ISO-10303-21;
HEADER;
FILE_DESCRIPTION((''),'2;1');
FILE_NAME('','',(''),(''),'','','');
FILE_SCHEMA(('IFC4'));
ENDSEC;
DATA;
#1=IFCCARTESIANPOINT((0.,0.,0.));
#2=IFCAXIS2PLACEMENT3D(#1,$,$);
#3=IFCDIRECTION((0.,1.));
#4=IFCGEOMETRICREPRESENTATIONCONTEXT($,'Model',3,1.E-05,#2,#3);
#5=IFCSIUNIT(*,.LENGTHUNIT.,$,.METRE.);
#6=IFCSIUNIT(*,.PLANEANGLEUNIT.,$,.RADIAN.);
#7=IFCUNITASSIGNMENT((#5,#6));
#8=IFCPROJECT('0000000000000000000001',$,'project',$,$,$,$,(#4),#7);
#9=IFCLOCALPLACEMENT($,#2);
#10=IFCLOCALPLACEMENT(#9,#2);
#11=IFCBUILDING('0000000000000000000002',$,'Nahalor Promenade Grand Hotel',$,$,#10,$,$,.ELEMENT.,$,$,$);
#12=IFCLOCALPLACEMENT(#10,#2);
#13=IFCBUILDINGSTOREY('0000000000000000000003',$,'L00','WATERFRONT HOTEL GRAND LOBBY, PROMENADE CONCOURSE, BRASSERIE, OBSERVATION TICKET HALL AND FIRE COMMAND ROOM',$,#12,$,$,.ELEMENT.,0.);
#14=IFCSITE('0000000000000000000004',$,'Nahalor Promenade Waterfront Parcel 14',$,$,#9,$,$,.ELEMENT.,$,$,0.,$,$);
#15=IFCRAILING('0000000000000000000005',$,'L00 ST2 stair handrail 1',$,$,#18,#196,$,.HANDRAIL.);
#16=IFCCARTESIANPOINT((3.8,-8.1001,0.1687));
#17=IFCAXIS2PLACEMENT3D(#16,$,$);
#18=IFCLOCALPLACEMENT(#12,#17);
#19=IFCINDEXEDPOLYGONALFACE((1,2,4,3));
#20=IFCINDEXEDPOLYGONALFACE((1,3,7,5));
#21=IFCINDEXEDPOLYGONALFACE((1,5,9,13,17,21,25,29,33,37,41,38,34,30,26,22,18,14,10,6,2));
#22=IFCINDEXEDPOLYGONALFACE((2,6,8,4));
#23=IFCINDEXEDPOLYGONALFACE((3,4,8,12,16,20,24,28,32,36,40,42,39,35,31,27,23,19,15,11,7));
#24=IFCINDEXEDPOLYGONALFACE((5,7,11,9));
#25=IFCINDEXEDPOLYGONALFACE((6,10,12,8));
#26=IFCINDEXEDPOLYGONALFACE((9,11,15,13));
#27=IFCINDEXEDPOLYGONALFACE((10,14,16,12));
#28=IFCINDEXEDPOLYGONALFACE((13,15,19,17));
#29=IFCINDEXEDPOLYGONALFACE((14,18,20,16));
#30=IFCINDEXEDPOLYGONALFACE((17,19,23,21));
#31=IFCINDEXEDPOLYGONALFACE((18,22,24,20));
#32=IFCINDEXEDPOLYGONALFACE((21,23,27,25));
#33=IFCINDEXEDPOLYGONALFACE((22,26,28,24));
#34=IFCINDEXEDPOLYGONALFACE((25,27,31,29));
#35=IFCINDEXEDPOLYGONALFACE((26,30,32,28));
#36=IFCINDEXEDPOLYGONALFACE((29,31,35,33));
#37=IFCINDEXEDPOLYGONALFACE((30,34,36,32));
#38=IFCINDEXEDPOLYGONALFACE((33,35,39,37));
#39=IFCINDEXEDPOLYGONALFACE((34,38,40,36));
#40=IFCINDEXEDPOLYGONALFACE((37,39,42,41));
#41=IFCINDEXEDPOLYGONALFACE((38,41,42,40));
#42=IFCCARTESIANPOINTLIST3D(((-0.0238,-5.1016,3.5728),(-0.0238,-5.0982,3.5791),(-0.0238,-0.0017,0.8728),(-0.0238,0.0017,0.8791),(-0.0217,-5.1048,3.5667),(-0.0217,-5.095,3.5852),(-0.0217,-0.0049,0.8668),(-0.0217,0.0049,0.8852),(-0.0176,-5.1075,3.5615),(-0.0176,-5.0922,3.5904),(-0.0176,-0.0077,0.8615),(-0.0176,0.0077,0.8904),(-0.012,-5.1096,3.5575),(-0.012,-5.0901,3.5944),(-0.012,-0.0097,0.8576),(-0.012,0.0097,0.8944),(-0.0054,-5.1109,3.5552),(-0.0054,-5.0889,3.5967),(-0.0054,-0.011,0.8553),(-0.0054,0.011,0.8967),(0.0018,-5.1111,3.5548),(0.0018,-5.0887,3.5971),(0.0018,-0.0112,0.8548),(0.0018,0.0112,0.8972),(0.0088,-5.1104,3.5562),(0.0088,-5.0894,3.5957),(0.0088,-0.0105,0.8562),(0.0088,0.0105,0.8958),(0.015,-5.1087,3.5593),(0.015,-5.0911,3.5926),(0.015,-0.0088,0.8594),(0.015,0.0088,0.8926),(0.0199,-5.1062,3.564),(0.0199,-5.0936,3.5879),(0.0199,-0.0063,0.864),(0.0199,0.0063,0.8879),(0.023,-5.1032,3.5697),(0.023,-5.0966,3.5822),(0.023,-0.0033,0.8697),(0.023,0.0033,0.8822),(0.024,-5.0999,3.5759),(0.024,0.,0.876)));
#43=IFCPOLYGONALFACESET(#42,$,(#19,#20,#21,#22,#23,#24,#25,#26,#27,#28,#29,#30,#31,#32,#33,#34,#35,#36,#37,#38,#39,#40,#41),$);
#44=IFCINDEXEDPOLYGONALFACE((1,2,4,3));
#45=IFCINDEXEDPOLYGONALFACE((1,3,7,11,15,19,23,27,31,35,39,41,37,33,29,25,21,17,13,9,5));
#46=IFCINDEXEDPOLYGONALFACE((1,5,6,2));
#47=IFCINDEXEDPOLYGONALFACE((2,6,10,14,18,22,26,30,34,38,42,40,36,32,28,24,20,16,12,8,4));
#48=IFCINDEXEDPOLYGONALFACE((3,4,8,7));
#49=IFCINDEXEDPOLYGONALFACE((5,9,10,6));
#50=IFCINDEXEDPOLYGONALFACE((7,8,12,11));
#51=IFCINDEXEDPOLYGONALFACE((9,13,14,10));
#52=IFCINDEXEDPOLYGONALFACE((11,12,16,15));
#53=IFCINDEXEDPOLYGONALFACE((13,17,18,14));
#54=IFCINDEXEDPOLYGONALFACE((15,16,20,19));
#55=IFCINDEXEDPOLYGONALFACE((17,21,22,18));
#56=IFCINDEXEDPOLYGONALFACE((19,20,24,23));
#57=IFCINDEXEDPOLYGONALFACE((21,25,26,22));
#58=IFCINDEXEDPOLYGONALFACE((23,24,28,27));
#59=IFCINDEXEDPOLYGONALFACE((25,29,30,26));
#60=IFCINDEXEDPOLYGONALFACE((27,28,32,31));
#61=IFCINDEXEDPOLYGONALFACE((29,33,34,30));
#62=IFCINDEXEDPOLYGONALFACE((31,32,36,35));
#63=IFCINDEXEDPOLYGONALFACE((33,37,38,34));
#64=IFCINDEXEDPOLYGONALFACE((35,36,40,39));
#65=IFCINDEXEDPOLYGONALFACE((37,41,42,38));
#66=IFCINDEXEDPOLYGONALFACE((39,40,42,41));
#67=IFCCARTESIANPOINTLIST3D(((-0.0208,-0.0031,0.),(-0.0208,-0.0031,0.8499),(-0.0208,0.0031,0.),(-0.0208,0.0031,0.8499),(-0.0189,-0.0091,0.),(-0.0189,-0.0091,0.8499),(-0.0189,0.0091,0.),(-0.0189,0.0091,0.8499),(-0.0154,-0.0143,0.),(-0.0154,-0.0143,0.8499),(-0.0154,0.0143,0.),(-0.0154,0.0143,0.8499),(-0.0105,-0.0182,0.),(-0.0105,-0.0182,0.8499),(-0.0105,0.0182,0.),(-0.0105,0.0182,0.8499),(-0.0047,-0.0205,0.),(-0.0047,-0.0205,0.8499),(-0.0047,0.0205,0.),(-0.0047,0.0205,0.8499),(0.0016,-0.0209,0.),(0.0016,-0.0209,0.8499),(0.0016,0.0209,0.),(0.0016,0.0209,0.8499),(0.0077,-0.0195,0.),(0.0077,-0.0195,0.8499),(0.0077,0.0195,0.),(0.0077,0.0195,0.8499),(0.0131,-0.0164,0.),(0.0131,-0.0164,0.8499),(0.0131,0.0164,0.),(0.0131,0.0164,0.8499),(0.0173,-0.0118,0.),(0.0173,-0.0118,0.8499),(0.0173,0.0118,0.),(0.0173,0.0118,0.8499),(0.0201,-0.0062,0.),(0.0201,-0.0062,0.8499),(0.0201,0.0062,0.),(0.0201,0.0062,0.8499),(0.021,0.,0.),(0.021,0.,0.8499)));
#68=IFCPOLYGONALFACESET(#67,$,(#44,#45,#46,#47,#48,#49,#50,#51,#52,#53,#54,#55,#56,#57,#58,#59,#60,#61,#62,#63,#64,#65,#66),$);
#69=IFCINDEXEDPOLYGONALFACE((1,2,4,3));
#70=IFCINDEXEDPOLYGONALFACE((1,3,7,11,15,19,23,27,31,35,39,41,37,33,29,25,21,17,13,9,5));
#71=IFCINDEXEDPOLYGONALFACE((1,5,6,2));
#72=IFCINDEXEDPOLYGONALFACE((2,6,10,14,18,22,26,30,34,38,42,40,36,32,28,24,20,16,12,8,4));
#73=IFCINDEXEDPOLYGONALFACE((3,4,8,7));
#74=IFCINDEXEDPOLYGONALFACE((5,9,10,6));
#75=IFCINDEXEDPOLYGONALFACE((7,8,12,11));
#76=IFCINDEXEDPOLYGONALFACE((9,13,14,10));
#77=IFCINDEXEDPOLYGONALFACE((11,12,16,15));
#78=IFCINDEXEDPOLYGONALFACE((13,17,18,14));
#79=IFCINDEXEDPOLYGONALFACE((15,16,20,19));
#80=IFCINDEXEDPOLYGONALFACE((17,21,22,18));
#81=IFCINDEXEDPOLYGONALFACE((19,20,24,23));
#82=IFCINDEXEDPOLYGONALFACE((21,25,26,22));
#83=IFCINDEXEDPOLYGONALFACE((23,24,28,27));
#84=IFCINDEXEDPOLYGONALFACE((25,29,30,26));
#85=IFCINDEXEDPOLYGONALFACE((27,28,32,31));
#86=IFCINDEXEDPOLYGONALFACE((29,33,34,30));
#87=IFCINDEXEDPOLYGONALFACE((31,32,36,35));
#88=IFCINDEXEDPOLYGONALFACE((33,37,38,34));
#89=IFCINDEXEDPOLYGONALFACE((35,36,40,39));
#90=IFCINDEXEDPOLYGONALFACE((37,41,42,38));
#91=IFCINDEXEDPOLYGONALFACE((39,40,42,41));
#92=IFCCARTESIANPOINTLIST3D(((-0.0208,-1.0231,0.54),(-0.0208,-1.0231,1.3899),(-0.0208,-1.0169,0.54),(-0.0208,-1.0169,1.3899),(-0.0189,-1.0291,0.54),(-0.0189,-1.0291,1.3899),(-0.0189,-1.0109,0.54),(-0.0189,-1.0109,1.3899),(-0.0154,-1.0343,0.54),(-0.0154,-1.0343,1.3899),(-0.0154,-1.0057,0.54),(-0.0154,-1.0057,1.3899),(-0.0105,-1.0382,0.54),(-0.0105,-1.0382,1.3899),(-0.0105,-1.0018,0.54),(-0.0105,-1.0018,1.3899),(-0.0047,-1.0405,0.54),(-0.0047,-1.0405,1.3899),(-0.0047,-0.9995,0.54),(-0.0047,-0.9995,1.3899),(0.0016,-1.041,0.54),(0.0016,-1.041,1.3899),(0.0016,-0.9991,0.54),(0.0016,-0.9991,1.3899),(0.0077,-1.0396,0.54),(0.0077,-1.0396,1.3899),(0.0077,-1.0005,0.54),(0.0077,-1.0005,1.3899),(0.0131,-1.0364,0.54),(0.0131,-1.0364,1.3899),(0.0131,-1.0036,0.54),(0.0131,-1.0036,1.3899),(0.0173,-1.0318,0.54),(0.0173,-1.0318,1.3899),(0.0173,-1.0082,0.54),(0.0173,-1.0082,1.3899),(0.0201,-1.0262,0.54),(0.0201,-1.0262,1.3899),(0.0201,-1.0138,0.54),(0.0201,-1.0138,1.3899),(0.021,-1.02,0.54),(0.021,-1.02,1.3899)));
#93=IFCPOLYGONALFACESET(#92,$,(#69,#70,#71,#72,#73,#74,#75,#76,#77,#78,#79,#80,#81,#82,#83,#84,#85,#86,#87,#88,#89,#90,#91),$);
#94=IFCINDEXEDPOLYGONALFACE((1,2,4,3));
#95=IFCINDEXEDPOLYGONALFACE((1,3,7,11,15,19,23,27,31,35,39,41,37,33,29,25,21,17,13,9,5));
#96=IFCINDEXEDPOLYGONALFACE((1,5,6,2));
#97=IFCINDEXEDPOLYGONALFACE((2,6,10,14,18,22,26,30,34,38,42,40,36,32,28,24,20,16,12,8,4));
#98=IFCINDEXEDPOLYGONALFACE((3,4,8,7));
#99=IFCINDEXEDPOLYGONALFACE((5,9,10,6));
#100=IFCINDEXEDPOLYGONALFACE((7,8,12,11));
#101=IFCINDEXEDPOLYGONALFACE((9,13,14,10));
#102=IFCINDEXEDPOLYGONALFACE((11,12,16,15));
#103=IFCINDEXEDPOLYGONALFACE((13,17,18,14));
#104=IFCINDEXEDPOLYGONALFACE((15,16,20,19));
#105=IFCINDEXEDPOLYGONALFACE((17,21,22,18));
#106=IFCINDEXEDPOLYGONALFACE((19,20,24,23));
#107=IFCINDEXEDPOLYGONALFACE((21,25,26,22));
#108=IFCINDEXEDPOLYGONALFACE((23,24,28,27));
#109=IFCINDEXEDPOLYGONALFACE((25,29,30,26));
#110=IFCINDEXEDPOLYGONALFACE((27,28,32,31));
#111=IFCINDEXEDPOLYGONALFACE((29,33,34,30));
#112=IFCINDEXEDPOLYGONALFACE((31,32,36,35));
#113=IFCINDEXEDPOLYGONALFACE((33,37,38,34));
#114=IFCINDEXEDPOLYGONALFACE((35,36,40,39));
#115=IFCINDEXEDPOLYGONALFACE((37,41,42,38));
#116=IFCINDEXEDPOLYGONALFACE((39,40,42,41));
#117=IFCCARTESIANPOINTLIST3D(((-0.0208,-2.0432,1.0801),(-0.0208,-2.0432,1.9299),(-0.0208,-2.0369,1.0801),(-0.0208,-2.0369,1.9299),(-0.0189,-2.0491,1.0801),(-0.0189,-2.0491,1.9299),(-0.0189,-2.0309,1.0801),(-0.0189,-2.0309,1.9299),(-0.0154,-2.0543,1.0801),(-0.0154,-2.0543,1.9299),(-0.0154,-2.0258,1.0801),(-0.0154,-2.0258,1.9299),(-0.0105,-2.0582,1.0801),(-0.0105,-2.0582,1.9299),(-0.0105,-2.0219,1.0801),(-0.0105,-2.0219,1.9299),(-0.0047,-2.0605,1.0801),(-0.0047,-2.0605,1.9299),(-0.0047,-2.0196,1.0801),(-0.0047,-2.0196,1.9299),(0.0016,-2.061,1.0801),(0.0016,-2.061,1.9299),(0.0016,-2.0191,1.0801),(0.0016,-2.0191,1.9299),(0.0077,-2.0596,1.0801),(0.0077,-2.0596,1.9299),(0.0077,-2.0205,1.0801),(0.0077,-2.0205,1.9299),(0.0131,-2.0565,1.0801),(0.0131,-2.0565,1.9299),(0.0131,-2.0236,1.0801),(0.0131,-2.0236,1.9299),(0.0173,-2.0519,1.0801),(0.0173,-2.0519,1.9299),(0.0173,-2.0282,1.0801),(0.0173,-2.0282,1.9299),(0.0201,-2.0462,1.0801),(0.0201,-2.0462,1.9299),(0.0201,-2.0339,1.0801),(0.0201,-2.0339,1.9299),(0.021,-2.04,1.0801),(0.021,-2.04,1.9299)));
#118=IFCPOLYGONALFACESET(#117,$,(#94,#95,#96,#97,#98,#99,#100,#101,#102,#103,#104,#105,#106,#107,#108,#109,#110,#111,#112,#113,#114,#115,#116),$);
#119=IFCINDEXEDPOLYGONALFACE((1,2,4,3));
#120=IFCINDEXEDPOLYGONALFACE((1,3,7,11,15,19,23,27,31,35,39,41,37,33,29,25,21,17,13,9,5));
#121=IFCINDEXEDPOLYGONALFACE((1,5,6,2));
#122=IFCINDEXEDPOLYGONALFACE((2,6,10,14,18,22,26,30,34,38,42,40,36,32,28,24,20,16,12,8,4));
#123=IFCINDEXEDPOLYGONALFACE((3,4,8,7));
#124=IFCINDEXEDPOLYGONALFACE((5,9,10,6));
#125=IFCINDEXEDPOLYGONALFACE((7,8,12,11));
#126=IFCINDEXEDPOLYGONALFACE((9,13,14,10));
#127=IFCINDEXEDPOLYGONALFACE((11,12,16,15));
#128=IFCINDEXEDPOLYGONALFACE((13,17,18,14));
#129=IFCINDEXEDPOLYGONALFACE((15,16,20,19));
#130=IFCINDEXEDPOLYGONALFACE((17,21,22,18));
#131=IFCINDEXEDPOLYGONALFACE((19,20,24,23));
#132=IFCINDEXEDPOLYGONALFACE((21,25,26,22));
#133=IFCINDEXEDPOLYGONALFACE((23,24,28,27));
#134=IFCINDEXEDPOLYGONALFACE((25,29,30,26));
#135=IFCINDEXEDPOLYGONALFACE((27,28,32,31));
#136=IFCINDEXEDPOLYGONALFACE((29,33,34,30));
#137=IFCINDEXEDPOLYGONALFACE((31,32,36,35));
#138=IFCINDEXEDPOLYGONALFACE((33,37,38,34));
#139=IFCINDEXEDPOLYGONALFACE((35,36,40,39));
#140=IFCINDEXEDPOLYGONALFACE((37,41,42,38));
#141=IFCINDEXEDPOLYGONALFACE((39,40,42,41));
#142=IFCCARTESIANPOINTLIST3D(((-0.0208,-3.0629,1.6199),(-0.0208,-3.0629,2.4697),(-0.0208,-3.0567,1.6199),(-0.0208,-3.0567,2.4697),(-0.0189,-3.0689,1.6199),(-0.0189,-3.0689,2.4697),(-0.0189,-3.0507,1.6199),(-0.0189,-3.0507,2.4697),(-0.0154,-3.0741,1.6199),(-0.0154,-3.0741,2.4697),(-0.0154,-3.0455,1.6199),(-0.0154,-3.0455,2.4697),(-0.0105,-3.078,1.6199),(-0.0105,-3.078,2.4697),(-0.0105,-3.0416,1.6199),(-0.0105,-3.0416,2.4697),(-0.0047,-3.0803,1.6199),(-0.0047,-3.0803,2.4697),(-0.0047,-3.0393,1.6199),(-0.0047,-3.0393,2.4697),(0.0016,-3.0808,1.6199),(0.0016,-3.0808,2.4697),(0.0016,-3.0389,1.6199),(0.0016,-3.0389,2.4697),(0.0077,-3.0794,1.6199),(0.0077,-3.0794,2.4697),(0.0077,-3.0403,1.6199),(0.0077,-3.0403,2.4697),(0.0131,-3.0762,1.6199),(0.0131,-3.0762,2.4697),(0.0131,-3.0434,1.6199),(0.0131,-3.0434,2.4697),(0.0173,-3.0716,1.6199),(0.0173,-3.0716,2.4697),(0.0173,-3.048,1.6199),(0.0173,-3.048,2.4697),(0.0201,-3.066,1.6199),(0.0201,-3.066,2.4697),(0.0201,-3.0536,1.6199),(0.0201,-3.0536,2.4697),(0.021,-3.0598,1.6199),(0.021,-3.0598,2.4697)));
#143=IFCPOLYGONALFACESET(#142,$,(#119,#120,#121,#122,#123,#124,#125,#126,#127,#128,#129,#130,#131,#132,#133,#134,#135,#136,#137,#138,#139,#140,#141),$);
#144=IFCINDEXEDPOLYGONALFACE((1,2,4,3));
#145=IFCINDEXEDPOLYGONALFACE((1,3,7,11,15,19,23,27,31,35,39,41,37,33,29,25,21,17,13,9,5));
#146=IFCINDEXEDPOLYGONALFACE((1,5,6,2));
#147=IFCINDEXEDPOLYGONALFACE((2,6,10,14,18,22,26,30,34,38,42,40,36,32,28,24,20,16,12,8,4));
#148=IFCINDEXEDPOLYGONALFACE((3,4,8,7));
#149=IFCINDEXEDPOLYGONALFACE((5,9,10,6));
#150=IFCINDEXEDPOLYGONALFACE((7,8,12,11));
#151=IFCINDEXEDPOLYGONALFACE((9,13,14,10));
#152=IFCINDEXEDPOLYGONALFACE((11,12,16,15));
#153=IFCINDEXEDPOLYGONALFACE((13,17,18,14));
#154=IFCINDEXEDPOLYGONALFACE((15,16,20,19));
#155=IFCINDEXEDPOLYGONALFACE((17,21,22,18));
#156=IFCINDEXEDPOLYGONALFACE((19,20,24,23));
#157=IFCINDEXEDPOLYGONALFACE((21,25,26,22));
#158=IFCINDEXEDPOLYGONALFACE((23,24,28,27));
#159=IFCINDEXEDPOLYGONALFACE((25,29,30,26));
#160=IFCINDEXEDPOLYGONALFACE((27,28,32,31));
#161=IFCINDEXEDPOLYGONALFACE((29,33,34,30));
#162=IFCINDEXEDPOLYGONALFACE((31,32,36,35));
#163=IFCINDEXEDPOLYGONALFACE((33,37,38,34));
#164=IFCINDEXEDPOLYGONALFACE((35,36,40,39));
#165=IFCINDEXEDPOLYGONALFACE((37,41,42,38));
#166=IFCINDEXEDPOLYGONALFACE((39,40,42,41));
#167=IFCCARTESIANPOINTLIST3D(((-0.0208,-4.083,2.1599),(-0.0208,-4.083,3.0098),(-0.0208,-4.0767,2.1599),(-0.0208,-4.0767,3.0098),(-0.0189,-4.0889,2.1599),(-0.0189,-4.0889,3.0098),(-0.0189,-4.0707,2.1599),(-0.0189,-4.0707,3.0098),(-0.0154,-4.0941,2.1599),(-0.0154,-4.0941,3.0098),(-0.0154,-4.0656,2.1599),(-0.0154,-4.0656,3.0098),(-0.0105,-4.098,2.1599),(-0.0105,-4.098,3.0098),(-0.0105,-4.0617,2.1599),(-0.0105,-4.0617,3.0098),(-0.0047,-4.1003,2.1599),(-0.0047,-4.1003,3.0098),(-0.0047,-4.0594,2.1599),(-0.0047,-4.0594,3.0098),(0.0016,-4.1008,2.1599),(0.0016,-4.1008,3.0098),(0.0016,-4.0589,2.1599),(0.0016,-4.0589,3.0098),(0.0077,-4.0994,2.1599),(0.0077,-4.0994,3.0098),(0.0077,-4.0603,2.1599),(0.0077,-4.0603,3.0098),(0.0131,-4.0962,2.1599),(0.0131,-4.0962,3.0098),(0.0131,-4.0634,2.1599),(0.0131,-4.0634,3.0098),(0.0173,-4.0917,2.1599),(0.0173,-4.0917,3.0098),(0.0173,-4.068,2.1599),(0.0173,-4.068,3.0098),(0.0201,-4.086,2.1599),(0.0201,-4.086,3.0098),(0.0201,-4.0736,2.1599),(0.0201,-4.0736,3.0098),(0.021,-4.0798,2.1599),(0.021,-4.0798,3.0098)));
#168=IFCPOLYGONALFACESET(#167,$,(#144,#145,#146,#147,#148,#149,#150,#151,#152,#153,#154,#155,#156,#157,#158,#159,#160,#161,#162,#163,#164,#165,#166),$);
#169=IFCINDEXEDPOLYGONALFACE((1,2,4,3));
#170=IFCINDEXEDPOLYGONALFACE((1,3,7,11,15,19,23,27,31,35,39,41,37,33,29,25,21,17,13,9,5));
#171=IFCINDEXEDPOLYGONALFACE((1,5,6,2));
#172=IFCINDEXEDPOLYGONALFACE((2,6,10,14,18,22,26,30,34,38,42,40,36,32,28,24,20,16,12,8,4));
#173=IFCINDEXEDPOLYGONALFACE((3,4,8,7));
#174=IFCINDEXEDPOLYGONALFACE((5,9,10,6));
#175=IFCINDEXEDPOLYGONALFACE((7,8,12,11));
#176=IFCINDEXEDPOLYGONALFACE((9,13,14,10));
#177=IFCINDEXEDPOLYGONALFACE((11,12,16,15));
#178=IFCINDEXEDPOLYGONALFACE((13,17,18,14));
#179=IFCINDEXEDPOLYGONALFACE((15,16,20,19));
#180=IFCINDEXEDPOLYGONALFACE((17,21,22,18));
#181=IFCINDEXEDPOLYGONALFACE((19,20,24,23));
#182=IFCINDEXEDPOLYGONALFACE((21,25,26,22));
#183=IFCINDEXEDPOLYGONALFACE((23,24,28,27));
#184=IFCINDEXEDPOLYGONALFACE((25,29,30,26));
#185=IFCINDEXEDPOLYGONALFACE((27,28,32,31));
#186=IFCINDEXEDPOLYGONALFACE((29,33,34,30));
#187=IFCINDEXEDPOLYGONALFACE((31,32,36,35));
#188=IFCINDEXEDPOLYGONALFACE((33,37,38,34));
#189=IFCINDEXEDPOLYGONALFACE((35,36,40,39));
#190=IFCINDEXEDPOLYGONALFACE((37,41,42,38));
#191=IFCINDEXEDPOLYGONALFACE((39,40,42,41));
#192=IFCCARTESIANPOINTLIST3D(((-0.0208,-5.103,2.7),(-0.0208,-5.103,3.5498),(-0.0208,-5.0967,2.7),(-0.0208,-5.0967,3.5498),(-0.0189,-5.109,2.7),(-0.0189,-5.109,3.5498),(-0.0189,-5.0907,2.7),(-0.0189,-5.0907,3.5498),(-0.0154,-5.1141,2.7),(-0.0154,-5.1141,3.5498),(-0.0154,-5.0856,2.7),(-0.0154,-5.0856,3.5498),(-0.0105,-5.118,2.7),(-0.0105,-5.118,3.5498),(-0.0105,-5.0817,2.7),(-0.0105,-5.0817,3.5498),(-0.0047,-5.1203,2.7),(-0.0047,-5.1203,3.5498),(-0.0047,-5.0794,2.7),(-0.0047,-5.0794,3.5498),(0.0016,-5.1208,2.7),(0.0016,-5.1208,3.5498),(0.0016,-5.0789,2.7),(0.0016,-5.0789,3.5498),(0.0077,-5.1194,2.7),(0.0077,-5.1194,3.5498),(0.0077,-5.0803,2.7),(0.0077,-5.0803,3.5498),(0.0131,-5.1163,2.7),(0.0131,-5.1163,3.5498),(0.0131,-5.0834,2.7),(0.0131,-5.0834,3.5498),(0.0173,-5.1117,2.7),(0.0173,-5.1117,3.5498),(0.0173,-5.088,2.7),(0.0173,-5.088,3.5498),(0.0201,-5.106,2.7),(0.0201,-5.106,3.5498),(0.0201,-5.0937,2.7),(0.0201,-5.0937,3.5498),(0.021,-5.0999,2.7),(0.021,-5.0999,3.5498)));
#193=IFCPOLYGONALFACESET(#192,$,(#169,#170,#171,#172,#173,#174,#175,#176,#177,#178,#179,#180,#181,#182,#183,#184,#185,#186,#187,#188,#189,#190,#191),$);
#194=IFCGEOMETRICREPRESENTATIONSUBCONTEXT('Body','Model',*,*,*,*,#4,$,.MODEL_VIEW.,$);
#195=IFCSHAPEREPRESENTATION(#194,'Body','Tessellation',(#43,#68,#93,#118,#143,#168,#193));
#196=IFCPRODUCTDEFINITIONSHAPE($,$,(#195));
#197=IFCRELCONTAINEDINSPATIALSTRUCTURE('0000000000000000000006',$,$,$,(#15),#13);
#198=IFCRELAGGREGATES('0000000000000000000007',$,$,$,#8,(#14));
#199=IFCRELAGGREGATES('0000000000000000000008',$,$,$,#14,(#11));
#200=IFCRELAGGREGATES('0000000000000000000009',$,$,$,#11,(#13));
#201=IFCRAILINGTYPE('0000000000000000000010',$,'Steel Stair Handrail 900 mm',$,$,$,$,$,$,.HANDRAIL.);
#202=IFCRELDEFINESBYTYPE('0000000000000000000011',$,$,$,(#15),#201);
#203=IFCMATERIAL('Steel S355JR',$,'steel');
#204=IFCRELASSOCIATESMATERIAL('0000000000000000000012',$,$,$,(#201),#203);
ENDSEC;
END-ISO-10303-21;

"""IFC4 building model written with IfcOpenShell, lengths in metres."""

from ifc_helpers import new_model, si_unit, direction, frame, origin, origin_2d, place, context, subcontext, project, spatial, circle, extrude, material, type_object, element, save


model = new_model("IFC4")

# Units and contexts
model_context = context("Model", 3, precision=1e-05, world=origin(), true_north=direction((0.0, 1.0)))
body_context = subcontext(model_context, "Body", "Model", "MODEL_VIEW")
ifc_project = project(units=[si_unit("LENGTHUNIT", "METRE"), si_unit("PLANEANGLEUNIT", "RADIAN")], contexts=[model_context])

# Site, building, storey
site_placement = place(None, origin())
site = spatial("IfcSite", under=ifc_project, at=site_placement, Name="Nahalor Promenade Waterfront Parcel 14", CompositionType="ELEMENT", RefElevation=0.0)
building_placement = place(site_placement, origin())
building = spatial("IfcBuilding", under=site, at=building_placement, Name="Nahalor Promenade Grand Hotel", CompositionType="ELEMENT")
storey_placement = place(building_placement, origin())
storey = spatial("IfcBuildingStorey", under=building, at=storey_placement, Name="L00", Description="WATERFRONT HOTEL GRAND LOBBY, PROMENADE CONCOURSE, BRASSERIE, OBSERVATION TICKET HALL AND FIRE COMMAND ROOM", CompositionType="ELEMENT", Elevation=0.0)

# Shared definitions
ifc_material_1 = material(Name="Steel S355JR", Category="steel")

# Railing
railing_type_1 = type_object("IfcRailingType", Name="Steel Stair Handrail 900 mm", PredefinedType="HANDRAIL", material=ifc_material_1)
for number, where, name in (
    (1, (3.8, -8.1001, 0.1687), "L00 ST2 stair handrail 1"),
):
    element("IfcRailing", number, at=place(storey_placement, frame(where)), inside=storey, type_object=railing_type_1, Name=name, PredefinedType="HANDRAIL", context=body_context, shape_type="SweptSolid", body=[
        extrude(circle(Radius=0.024, at=origin_2d()), frame((0.0, 0.0, 0.876), z_axis=(0.0, -0.883786, 0.467892), x_axis=(1.0, 0.0, 0.0)), (0.0, 0.0, 1.0), 5.7705),
        extrude(circle(Radius=0.021, at=origin_2d()), origin(), (0.0, 0.0, 1.0), 0.8499),
        extrude(circle(Radius=0.021, at=origin_2d()), frame((0.0, -1.02, 0.54)), (0.0, 0.0, 1.0), 0.8499),
        extrude(circle(Radius=0.021, at=origin_2d()), frame((0.0, -2.04, 1.0801)), (0.0, 0.0, 1.0), 0.8499),
        extrude(circle(Radius=0.021, at=origin_2d()), frame((0.0, -3.0598, 1.6199)), (0.0, 0.0, 1.0), 0.8499),
        extrude(circle(Radius=0.021, at=origin_2d()), frame((0.0, -4.0798, 2.1599)), (0.0, 0.0, 1.0), 0.8499),
        extrude(circle(Radius=0.021, at=origin_2d()), frame((0.0, -5.0999, 2.7)), (0.0, 0.0, 1.0), 0.8499),
    ])

save(model, "model.ifc")
